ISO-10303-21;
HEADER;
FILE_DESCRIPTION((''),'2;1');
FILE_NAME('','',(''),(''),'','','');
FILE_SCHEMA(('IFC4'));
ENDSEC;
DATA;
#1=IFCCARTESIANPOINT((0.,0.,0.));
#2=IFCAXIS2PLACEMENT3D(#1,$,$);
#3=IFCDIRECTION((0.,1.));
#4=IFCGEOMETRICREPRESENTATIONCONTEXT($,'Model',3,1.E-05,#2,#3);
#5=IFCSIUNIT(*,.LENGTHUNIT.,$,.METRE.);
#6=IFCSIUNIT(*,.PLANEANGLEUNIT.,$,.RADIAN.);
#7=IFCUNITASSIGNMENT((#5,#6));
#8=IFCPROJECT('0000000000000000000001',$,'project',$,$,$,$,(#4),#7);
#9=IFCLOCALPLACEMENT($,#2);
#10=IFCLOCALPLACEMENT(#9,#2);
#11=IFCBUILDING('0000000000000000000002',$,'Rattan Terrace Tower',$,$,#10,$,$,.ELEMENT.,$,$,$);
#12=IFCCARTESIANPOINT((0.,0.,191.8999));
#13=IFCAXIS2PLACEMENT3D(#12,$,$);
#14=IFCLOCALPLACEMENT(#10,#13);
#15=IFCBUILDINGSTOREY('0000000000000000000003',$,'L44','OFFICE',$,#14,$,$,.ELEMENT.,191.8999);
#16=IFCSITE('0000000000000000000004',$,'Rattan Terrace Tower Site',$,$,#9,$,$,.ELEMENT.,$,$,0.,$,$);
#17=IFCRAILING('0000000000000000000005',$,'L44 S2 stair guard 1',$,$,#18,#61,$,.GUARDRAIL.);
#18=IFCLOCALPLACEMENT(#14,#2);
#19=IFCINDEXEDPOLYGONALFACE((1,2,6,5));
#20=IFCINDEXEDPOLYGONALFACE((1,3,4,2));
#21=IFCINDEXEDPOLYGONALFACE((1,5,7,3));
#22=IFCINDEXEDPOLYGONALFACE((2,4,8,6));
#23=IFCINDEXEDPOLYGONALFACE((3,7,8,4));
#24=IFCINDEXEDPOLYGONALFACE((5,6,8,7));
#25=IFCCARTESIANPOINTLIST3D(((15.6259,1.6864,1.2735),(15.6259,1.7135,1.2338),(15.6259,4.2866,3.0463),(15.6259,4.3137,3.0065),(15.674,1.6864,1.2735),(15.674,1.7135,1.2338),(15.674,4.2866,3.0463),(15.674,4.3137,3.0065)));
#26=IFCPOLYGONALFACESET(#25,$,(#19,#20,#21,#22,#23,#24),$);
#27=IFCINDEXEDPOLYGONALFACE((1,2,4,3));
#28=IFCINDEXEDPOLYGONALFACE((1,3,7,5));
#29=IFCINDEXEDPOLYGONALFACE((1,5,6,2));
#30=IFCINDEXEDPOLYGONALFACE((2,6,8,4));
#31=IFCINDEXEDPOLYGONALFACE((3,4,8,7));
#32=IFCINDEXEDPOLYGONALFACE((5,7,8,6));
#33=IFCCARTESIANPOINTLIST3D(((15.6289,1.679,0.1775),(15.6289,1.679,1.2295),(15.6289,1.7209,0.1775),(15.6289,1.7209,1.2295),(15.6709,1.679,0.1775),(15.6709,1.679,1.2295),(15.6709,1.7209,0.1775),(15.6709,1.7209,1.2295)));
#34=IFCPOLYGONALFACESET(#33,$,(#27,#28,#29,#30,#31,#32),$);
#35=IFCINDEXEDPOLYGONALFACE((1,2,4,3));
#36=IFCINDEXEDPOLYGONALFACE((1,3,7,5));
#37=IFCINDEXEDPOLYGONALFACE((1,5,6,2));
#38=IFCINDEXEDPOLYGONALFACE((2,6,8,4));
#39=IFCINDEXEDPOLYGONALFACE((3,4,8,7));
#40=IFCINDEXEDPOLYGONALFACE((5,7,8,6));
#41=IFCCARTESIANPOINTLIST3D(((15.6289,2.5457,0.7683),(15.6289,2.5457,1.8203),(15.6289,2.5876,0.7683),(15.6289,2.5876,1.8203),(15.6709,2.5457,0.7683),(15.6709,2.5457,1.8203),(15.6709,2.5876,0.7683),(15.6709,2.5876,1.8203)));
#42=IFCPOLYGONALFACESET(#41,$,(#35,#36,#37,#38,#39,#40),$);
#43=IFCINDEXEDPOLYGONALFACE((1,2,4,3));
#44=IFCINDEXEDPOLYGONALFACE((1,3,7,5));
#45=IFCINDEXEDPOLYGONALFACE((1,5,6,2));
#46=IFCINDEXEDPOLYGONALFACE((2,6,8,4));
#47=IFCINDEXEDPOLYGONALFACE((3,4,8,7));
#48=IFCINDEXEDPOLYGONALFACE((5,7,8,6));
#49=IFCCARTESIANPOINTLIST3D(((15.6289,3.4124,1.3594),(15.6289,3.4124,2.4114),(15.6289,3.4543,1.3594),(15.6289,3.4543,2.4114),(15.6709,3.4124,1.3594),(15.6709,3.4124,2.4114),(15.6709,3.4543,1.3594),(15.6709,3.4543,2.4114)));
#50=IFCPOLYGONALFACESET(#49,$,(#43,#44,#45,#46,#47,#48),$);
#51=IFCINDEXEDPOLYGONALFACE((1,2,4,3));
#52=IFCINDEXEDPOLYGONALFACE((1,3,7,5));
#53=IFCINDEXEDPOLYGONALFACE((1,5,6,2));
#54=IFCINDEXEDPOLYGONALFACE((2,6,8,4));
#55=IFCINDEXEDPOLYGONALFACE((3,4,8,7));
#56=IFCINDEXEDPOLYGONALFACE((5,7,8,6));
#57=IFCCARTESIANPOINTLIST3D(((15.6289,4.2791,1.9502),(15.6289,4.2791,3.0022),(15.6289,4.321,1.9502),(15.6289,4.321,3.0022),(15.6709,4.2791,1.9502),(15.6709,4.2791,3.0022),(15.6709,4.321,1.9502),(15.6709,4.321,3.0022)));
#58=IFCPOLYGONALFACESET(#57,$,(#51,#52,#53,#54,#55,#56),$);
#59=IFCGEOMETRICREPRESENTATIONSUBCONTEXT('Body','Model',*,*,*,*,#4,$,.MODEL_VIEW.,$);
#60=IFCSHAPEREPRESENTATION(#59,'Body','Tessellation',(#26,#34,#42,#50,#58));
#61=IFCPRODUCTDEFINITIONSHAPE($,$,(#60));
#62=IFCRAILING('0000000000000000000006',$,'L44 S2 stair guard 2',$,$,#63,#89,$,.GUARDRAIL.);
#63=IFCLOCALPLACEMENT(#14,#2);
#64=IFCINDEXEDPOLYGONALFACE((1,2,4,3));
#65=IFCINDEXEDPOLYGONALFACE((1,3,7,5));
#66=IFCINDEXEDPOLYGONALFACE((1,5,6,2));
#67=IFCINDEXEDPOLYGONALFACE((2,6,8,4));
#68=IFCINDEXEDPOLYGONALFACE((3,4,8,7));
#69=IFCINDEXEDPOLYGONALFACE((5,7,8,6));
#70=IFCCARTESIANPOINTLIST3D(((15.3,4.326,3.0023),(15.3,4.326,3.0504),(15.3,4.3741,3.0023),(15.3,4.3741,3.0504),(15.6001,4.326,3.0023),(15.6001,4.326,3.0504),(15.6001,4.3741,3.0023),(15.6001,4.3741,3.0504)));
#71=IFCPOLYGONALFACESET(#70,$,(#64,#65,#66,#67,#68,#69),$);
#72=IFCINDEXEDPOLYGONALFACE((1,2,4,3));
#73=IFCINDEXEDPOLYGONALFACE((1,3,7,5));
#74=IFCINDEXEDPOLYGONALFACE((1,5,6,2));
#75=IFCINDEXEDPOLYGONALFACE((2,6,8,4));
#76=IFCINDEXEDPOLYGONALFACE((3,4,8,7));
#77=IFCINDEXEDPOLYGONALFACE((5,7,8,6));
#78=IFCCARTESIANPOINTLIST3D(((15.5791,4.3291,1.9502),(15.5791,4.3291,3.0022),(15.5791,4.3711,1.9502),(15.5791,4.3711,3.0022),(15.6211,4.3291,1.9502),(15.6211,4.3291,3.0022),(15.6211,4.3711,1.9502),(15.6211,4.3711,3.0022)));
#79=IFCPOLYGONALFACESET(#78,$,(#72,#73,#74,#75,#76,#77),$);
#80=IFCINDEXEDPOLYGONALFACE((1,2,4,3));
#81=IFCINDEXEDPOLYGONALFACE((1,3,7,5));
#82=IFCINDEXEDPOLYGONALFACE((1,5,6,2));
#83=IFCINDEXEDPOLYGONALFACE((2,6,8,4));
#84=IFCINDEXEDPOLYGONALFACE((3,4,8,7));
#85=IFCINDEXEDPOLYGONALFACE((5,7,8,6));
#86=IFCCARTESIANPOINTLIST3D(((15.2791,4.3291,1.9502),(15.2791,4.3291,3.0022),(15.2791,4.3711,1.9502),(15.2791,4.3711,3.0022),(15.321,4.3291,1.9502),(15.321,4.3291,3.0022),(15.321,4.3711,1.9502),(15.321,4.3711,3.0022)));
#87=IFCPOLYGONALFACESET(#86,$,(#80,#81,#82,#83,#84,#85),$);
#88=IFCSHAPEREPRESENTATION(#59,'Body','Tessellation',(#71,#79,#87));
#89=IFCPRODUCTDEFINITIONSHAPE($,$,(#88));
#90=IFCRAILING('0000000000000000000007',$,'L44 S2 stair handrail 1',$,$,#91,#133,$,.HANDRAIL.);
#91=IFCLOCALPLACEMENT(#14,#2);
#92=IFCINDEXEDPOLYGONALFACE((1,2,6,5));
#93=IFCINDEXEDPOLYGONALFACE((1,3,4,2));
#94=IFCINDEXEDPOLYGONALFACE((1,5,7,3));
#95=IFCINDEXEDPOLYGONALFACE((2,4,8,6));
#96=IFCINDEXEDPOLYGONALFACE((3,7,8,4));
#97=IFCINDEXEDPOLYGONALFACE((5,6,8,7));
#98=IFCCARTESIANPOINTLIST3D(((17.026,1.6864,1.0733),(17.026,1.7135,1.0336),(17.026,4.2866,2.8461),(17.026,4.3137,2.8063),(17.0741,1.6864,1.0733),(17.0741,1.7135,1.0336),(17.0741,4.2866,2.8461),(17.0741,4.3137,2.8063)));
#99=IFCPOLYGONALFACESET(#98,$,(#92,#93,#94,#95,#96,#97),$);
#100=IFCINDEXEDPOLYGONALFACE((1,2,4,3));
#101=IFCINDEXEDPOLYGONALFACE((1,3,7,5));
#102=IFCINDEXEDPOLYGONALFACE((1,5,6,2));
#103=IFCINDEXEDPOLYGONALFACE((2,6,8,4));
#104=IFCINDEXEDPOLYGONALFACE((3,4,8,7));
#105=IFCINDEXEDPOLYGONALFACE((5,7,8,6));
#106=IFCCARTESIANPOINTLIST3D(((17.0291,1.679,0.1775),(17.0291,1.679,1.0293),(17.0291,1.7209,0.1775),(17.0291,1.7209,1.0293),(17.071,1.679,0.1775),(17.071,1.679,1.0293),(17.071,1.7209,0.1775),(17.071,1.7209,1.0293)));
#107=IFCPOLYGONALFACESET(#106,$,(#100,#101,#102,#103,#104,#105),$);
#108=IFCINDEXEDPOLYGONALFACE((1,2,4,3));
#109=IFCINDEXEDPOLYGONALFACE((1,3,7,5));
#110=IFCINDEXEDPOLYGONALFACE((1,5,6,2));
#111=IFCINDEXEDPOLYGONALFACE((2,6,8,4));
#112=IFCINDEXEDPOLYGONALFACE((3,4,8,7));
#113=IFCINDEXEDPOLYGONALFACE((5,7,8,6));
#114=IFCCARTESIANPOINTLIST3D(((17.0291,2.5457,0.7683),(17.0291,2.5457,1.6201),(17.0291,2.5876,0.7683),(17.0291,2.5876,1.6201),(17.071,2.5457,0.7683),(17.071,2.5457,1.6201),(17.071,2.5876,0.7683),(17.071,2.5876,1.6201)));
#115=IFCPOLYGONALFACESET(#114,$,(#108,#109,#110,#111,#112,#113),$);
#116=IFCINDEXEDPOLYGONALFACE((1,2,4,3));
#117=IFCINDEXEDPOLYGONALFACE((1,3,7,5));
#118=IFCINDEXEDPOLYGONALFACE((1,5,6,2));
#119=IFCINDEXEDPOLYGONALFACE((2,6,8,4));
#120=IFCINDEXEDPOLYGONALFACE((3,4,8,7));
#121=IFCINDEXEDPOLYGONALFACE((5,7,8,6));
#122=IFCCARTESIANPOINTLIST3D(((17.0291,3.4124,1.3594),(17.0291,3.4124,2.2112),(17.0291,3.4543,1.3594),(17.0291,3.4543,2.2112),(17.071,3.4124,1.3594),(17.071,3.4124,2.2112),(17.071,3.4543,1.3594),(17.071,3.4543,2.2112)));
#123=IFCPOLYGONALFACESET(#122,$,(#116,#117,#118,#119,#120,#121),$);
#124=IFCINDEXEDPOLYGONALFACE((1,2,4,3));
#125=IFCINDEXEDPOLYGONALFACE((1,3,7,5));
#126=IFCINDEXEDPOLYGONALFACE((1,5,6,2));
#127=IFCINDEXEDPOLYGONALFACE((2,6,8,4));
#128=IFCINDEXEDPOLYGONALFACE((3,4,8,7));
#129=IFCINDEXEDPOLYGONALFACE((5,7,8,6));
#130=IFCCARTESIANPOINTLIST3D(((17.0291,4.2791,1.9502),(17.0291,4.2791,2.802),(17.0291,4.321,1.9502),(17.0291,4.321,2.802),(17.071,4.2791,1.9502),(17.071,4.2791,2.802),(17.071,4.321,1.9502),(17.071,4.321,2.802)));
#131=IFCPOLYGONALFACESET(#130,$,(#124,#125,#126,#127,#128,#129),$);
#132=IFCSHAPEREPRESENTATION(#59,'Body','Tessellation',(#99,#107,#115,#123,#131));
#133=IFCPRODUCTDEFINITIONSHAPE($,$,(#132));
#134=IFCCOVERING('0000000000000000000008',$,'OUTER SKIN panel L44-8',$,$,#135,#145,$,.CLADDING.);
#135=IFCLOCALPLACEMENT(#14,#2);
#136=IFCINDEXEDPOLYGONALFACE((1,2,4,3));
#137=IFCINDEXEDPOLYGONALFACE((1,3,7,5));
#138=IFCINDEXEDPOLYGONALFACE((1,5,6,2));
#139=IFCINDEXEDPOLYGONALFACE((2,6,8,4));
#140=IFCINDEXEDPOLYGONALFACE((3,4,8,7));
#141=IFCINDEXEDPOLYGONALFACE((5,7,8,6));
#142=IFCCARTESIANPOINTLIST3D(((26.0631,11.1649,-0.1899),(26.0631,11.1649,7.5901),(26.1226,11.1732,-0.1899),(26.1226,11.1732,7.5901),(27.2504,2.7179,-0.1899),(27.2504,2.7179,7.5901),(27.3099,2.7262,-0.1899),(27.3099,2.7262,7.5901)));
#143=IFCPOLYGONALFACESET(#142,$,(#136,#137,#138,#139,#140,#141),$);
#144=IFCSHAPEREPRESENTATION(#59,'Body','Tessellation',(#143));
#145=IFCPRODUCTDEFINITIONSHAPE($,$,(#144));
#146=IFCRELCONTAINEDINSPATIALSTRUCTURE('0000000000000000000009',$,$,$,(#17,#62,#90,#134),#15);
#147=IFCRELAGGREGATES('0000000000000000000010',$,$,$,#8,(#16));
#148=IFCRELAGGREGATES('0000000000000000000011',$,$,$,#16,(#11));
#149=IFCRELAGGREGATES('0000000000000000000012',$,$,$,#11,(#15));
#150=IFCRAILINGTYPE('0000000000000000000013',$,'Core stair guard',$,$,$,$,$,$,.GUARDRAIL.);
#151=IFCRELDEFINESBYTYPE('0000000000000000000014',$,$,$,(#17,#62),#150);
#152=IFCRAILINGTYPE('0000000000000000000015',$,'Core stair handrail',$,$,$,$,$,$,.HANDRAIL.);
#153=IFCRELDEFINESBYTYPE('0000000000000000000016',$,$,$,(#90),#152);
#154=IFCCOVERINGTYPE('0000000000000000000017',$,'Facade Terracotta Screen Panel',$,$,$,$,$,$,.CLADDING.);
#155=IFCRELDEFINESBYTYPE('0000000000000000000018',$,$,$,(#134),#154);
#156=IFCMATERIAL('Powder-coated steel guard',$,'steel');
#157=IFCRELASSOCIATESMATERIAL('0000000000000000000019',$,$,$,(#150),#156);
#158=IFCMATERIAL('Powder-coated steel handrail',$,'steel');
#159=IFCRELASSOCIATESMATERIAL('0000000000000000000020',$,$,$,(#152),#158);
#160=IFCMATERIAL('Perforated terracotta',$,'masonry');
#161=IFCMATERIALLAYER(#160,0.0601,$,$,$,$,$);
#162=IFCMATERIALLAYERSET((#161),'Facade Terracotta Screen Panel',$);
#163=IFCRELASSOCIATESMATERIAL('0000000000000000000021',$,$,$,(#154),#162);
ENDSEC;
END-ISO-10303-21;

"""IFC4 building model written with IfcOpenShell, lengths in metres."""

from ifc_helpers import new_model, si_unit, direction, frame, origin, origin_2d, place, context, subcontext, project, spatial, rectangle, extrude, material, layer, layer_set, type_object, element, save


model = new_model("IFC4")

# Units and contexts
model_context = context("Model", 3, precision=1e-05, world=origin(), true_north=direction((0.0, 1.0)))
body_context = subcontext(model_context, "Body", "Model", "MODEL_VIEW")
ifc_project = project(units=[si_unit("LENGTHUNIT", "METRE"), si_unit("PLANEANGLEUNIT", "RADIAN")], contexts=[model_context])

# Site, building, storey
site_placement = place(None, origin())
site = spatial("IfcSite", under=ifc_project, at=site_placement, Name="Rattan Terrace Tower Site", CompositionType="ELEMENT", RefElevation=0.0)
building_placement = place(site_placement, origin())
building = spatial("IfcBuilding", under=site, at=building_placement, Name="Rattan Terrace Tower", CompositionType="ELEMENT")
storey_placement = place(building_placement, frame((0.0, 0.0, 191.8999)))
storey = spatial("IfcBuildingStorey", under=building, at=storey_placement, Name="L44", Description="OFFICE", CompositionType="ELEMENT", Elevation=191.8999)

# Railings
ifc_material_1 = material(Name="Powder-coated steel guard", Category="steel")
railing_type_1 = type_object("IfcRailingType", Name="Core stair guard", PredefinedType="GUARDRAIL", material=ifc_material_1)
railing_1_placement = place(storey_placement, frame((15.6499, 1.7, 0.1775)))
element("IfcRailing", 1, at=railing_1_placement, inside=storey, type_object=railing_type_1, Name="L44 S2 stair guard 1", PredefinedType="GUARDRAIL", context=body_context, shape_type="SweptSolid", body=[
    extrude(rectangle(XDim=0.0481, YDim=0.0481, at=origin_2d()), frame((0.0, 0.0, 1.0762), z_axis=(0.0, 0.82624, 0.563318), x_axis=(-1.0, 0.0, 0.0)), (0.0, 0.0, 1.0), 3.147),
    extrude(rectangle(XDim=0.042, YDim=0.042, at=origin_2d()), origin(), (0.0, 0.0, 1.0), 1.052),
    extrude(rectangle(XDim=0.042, YDim=0.042, at=origin_2d()), frame((0.0, 0.8667, 0.5908)), (0.0, 0.0, 1.0), 1.052),
    extrude(rectangle(XDim=0.042, YDim=0.042, at=origin_2d()), frame((0.0, 1.7334, 1.1819)), (0.0, 0.0, 1.0), 1.052),
    extrude(rectangle(XDim=0.042, YDim=0.042, at=origin_2d()), frame((0.0, 2.6001, 1.7727)), (0.0, 0.0, 1.0), 1.052),
])
railing_2_placement = place(storey_placement, frame((15.6001, 4.3501, 1.9502)))
element("IfcRailing", 2, at=railing_2_placement, inside=storey, type_object=railing_type_1, Name="L44 S2 stair guard 2", PredefinedType="GUARDRAIL", context=body_context, shape_type="SweptSolid", body=[
    extrude(rectangle(XDim=0.0481, YDim=0.0481, at=origin_2d()), frame((0.0, 0.0, 1.0762), z_axis=(-1.0, 0.0, 0.0), x_axis=(0.0, -1.0, 0.0)), (0.0, 0.0, 1.0), 0.3),
    extrude(rectangle(XDim=0.042, YDim=0.042, at=origin_2d()), origin(), (0.0, 0.0, 1.0), 1.052),
    extrude(rectangle(XDim=0.042, YDim=0.042, at=origin_2d()), frame((-0.3, 0.0, 0.0)), (0.0, 0.0, 1.0), 1.052),
])
ifc_material_2 = material(Name="Powder-coated steel handrail", Category="steel")
railing_type_2 = type_object("IfcRailingType", Name="Core stair handrail", PredefinedType="HANDRAIL", material=ifc_material_2)
railing_3_placement = place(storey_placement, frame((17.05, 1.7, 0.1775)))
element("IfcRailing", 3, at=railing_3_placement, inside=storey, type_object=railing_type_2, Name="L44 S2 stair handrail 1", PredefinedType="HANDRAIL", context=body_context, shape_type="SweptSolid", body=[
    extrude(rectangle(XDim=0.0481, YDim=0.0481, at=origin_2d()), frame((0.0, 0.0, 0.876), z_axis=(0.0, 0.82624, 0.563318), x_axis=(-1.0, 0.0, 0.0)), (0.0, 0.0, 1.0), 3.147),
    extrude(rectangle(XDim=0.042, YDim=0.042, at=origin_2d()), origin(), (0.0, 0.0, 1.0), 0.8518),
    extrude(rectangle(XDim=0.042, YDim=0.042, at=origin_2d()), frame((0.0, 0.8667, 0.5908)), (0.0, 0.0, 1.0), 0.8518),
    extrude(rectangle(XDim=0.042, YDim=0.042, at=origin_2d()), frame((0.0, 1.7334, 1.1819)), (0.0, 0.0, 1.0), 0.8518),
    extrude(rectangle(XDim=0.042, YDim=0.042, at=origin_2d()), frame((0.0, 2.6001, 1.7727)), (0.0, 0.0, 1.0), 0.8518),
])

# Covering
ifc_material_3 = material(Name="Perforated terracotta", Category="masonry")
ifc_layer_1 = layer(ifc_material_3, 0.0601)
ifc_layer_set_1 = layer_set([ifc_layer_1], Name="Facade Terracotta Screen Panel")
covering_type = type_object("IfcCoveringType", Name="Facade Terracotta Screen Panel", PredefinedType="CLADDING", material=ifc_layer_set_1)
covering_placement = place(storey_placement, frame((26.6865, 6.9456, -0.1899), z_axis=(0.0, 0.0, 1.0), x_axis=(-0.139191, 0.990266, 0.0)))
element("IfcCovering", 4, at=covering_placement, inside=storey, type_object=covering_type, Name="OUTER SKIN panel L44-8", PredefinedType="CLADDING", context=body_context, shape_type="SweptSolid", body=[
    extrude(rectangle(XDim=8.53, YDim=0.0601, at=origin_2d()), origin(), (0.0, 0.0, 1.0), 7.78),
])

save(model, "model.ifc")
